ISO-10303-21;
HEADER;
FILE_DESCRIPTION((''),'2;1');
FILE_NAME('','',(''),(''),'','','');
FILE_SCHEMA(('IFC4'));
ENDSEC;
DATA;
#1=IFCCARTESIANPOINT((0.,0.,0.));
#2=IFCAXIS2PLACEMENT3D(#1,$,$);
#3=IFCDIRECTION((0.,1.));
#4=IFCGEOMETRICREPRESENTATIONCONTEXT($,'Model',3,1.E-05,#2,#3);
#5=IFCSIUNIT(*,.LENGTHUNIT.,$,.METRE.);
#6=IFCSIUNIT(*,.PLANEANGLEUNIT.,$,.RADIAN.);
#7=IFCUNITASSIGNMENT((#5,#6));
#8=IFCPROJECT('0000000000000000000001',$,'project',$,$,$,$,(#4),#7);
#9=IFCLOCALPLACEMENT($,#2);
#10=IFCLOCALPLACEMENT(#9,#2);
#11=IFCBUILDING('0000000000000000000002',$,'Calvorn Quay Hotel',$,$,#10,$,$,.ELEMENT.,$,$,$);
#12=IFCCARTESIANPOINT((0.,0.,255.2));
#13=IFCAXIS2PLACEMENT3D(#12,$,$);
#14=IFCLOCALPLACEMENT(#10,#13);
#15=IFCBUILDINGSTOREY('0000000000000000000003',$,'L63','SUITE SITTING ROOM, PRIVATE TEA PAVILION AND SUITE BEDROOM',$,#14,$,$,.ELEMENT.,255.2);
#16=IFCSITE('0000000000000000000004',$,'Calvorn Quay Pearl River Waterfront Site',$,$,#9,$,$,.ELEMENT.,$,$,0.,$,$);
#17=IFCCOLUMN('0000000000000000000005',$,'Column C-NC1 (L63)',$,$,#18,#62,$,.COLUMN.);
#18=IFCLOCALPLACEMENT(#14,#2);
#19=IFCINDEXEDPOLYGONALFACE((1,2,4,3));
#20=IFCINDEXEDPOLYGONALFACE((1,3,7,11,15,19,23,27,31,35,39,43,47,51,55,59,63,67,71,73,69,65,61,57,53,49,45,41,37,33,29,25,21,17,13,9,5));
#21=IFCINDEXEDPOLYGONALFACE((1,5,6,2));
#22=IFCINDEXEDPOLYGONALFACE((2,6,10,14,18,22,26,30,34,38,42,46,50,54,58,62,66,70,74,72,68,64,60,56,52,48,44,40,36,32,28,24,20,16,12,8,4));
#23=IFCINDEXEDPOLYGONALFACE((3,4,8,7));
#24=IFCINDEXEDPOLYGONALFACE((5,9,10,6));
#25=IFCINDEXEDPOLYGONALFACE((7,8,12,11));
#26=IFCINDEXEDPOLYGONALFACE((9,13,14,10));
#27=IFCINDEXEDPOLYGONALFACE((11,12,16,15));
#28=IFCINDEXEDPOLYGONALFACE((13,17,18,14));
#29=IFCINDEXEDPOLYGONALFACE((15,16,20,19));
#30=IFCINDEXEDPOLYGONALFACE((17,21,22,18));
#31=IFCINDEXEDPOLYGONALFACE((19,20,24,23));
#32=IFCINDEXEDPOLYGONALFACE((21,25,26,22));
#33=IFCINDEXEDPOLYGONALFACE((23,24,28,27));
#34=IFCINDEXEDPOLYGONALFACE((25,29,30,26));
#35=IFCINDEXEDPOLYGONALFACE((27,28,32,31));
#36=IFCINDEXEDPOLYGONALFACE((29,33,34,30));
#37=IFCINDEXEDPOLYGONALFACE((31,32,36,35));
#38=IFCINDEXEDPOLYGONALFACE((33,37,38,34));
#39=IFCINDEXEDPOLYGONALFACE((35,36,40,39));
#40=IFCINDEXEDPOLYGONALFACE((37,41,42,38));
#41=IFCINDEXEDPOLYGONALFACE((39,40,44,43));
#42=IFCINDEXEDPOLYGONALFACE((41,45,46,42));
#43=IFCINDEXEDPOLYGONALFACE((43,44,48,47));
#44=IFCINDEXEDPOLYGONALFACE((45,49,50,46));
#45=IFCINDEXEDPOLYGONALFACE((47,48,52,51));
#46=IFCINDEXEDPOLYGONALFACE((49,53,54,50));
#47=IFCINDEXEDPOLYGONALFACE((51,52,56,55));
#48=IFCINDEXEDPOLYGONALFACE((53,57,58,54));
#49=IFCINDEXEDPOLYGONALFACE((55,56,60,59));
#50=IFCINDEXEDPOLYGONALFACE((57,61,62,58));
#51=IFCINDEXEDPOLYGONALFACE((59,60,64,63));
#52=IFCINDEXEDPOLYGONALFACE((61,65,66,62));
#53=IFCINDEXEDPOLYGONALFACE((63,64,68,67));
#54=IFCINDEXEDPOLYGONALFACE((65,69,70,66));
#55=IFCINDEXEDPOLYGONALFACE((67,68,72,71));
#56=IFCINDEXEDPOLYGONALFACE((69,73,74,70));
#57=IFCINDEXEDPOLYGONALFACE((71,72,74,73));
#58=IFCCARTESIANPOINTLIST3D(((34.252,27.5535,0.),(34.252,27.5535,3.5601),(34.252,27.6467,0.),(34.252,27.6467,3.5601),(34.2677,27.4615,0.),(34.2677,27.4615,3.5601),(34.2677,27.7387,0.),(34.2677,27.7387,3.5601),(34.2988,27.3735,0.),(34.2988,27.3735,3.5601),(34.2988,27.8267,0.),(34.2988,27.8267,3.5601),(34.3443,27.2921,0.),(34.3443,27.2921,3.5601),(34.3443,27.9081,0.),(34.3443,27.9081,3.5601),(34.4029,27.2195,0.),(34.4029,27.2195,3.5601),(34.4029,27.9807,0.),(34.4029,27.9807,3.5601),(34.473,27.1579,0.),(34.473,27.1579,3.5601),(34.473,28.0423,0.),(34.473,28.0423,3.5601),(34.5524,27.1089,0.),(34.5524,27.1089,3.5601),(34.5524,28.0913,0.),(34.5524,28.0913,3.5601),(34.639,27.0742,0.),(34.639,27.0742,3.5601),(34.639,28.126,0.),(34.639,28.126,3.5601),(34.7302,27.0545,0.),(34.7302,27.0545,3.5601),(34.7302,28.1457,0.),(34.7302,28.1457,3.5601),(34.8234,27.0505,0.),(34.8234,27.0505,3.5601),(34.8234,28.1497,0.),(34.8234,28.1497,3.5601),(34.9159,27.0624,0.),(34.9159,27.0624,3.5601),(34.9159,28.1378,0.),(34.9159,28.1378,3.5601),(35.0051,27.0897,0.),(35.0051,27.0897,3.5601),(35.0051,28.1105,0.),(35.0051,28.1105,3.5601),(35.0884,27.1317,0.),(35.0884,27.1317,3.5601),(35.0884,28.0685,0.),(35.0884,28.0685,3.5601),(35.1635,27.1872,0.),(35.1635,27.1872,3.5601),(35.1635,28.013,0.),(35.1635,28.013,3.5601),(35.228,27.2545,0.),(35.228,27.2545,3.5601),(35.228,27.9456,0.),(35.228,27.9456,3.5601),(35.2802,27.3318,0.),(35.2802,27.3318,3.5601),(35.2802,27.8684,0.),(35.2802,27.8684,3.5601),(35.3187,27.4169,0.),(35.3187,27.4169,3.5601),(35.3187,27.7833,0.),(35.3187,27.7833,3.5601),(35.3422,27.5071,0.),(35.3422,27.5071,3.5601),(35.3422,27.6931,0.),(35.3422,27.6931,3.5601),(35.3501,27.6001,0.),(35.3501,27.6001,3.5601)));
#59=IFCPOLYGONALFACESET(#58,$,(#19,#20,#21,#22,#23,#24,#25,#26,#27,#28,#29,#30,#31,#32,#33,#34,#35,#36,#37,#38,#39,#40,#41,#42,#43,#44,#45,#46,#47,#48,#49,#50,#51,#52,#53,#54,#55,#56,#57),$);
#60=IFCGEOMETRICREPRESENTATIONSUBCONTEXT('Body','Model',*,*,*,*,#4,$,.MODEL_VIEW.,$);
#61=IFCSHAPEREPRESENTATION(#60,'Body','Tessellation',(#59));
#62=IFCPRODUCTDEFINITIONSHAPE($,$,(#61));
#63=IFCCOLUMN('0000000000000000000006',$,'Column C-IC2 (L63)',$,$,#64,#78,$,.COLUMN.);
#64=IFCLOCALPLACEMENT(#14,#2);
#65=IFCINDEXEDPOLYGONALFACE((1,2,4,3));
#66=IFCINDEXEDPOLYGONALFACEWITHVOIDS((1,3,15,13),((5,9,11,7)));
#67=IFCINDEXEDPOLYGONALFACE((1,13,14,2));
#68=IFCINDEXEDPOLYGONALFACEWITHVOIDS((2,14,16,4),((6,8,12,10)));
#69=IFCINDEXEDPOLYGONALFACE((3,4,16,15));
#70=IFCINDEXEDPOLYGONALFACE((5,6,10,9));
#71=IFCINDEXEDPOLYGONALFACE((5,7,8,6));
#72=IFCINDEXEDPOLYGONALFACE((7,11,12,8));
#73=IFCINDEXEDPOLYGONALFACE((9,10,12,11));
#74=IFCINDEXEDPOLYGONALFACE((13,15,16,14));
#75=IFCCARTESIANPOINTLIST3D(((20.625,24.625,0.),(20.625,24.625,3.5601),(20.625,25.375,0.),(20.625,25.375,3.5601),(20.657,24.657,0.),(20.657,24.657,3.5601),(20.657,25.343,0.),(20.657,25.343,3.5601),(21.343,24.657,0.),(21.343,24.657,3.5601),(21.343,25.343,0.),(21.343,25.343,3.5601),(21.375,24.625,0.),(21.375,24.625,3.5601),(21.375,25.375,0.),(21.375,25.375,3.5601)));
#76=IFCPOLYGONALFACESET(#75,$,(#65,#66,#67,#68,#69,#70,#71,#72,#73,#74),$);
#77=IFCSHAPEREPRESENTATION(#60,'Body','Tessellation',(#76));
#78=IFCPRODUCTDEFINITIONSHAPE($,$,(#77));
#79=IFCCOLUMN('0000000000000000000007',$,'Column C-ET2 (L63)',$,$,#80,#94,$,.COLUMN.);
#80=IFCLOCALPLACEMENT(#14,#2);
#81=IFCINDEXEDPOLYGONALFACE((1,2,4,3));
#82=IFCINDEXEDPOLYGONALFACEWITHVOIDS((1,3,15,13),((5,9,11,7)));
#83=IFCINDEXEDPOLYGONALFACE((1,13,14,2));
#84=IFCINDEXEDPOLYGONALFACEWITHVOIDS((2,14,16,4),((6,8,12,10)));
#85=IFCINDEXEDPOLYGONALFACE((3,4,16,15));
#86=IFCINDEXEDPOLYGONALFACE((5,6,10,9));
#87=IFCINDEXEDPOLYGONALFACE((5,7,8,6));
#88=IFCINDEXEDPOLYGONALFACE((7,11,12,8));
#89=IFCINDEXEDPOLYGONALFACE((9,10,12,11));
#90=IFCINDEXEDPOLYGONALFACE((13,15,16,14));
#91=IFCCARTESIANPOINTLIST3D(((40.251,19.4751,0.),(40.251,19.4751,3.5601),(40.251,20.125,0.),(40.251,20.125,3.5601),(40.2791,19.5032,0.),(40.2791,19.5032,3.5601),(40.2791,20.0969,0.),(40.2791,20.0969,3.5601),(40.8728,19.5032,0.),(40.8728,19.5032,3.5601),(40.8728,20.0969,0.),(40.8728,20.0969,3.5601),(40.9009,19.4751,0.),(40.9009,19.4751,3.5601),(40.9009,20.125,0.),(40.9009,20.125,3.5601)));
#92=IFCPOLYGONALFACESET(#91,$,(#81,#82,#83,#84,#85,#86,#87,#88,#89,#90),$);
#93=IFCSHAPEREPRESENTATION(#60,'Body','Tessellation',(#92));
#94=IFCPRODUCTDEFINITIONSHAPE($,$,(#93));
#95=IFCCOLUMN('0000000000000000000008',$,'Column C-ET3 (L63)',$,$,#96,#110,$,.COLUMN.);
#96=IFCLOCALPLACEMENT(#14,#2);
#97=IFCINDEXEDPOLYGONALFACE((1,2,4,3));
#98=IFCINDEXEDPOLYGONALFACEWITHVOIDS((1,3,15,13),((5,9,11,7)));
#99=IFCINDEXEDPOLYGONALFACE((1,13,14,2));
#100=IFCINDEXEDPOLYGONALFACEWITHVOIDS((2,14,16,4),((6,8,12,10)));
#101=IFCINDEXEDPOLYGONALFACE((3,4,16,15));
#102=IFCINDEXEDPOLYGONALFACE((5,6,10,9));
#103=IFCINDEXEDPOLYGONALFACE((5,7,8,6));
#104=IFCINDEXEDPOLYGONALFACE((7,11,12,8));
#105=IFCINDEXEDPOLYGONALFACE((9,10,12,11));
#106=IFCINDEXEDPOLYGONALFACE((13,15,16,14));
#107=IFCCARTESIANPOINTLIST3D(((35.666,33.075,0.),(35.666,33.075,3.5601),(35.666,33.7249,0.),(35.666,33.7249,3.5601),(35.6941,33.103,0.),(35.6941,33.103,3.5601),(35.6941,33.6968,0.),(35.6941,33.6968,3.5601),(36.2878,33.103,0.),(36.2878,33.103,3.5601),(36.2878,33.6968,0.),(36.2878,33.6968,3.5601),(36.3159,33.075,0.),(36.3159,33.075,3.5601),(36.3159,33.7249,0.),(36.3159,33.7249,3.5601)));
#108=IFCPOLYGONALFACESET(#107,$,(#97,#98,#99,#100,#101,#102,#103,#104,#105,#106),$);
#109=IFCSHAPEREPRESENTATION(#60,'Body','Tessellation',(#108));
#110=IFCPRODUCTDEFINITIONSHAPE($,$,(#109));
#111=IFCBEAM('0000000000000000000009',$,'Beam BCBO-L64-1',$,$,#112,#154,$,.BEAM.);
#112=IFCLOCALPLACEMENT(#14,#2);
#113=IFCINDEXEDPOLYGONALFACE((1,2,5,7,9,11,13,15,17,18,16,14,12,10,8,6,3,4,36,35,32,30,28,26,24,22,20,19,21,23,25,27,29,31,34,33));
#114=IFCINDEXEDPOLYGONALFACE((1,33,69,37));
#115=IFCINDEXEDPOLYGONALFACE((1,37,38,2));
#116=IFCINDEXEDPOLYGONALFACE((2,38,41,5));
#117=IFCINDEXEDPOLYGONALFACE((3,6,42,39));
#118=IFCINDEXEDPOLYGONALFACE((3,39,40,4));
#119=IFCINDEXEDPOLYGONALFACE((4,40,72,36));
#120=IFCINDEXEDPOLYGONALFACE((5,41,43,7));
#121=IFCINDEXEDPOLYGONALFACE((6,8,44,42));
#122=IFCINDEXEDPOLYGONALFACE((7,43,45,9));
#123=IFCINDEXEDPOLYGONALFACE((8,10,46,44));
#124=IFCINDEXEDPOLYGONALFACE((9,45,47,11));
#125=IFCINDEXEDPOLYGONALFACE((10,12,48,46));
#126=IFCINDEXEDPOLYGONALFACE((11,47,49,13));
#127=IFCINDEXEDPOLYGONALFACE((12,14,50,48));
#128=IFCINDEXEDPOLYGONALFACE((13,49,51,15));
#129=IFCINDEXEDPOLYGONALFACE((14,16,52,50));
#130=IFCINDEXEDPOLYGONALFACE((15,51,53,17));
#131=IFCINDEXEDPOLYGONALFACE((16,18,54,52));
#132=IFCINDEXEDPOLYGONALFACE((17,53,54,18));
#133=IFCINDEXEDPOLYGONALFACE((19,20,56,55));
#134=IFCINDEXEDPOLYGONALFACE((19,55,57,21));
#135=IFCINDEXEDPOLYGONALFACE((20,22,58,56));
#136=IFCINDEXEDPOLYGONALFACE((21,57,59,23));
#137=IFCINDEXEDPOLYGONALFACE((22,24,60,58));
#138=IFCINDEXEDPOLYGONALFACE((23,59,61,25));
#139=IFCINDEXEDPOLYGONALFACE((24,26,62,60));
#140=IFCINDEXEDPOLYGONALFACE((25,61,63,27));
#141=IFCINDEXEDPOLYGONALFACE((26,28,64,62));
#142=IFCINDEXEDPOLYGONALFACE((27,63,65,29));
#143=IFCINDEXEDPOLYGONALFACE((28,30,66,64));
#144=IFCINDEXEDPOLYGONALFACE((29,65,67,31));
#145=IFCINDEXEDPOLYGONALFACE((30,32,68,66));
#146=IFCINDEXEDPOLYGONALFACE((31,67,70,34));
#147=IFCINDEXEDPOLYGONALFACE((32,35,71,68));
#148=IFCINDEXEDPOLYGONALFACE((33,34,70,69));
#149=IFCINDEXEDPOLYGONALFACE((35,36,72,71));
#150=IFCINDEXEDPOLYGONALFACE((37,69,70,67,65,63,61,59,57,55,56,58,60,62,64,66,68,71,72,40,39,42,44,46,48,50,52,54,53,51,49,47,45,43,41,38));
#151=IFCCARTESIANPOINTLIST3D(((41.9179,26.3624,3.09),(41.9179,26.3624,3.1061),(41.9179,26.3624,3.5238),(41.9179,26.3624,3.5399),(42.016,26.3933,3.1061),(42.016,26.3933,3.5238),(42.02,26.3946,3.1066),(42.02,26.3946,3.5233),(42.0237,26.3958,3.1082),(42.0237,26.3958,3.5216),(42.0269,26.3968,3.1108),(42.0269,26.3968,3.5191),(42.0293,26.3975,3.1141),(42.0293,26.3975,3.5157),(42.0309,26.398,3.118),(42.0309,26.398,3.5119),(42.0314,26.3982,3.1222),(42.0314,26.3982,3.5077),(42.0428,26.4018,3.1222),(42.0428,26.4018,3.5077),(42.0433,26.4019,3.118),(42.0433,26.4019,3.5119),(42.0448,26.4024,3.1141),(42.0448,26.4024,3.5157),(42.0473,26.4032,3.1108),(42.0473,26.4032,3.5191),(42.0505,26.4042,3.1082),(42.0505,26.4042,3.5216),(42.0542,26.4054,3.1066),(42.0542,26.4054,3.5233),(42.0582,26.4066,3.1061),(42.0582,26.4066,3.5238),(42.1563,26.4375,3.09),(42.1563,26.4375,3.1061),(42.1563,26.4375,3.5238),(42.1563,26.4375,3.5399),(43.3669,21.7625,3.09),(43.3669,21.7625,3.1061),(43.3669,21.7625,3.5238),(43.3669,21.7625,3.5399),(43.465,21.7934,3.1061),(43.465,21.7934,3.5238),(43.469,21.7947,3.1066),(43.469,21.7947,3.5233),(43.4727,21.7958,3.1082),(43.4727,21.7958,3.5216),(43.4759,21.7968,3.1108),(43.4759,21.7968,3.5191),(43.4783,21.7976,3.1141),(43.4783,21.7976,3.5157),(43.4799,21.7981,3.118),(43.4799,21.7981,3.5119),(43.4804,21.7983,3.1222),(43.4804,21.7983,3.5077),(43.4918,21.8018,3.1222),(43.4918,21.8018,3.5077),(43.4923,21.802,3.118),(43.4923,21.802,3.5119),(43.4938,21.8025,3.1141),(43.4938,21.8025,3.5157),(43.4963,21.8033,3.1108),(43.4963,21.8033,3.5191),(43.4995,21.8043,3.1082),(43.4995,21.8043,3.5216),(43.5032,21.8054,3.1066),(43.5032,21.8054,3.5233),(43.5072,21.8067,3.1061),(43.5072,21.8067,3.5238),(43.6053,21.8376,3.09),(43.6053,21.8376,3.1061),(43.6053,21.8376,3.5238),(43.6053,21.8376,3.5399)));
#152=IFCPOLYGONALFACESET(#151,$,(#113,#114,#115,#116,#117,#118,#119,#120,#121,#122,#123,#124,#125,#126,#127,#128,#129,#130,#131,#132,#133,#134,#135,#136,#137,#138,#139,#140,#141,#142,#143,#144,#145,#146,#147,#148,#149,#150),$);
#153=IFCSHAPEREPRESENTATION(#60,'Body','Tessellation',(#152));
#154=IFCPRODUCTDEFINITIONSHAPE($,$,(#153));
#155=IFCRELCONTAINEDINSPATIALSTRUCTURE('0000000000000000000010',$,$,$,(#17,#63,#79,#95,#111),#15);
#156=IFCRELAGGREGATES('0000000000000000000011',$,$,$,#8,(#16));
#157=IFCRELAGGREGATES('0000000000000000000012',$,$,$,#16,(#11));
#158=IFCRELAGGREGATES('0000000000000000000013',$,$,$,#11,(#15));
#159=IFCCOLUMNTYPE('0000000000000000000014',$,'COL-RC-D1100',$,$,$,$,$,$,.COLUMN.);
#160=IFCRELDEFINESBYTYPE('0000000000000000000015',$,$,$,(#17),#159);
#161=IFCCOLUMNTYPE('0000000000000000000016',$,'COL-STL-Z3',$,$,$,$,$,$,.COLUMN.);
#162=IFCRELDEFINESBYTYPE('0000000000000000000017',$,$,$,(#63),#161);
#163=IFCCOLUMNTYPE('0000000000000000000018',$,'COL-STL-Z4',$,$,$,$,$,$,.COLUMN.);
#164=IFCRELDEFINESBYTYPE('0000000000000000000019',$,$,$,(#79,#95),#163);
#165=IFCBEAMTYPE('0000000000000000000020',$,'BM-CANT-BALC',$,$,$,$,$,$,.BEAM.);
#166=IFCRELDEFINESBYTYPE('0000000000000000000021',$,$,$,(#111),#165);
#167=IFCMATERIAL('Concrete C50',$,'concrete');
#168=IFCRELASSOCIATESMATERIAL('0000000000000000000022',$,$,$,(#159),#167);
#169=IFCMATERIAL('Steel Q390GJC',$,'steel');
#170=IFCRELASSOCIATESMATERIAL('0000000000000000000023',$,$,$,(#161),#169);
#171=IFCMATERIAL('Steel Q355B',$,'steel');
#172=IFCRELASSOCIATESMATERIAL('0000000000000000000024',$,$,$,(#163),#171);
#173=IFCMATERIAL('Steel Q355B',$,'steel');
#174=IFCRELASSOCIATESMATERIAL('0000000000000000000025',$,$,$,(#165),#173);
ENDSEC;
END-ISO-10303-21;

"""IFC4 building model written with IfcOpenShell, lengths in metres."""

from ifc_helpers import new_model, si_unit, direction, frame, origin, origin_2d, place, context, subcontext, project, spatial, hollow_rectangle, circle, i_section, extrude, material, material_profile, profile_set, type_object, element, save


model = new_model("IFC4")

# Units and contexts
model_context = context("Model", 3, precision=1e-05, world=origin(), true_north=direction((0.0, 1.0)))
body_context = subcontext(model_context, "Body", "Model", "MODEL_VIEW")
ifc_project = project(units=[si_unit("LENGTHUNIT", "METRE"), si_unit("PLANEANGLEUNIT", "RADIAN")], contexts=[model_context])

# Site, building, storey
site_placement = place(None, origin())
site = spatial("IfcSite", under=ifc_project, at=site_placement, Name="Calvorn Quay Pearl River Waterfront Site", CompositionType="ELEMENT", RefElevation=0.0)
building_placement = place(site_placement, origin())
building = spatial("IfcBuilding", under=site, at=building_placement, Name="Calvorn Quay Hotel", CompositionType="ELEMENT")
storey_placement = place(building_placement, frame((0.0, 0.0, 255.2)))
storey = spatial("IfcBuildingStorey", under=building, at=storey_placement, Name="L63", Description="SUITE SITTING ROOM, PRIVATE TEA PAVILION AND SUITE BEDROOM", CompositionType="ELEMENT", Elevation=255.2)

# Columns
ifc_material_1 = material(Name="Concrete C50", Category="concrete")
ifc_material_profile_1 = material_profile(ifc_material_1, circle(Radius=0.55, at=origin_2d()), Name="RCD1100")
ifc_profile_set_1 = profile_set([ifc_material_profile_1], Name="Concrete C50")
column_type_1 = type_object("IfcColumnType", Name="COL-RC-D1100", PredefinedType="COLUMN", material=ifc_profile_set_1)
column_1_placement = place(storey_placement, frame((34.8, 27.6001, 0.0), z_axis=(0.0, 0.0, 1.0), x_axis=(1.0, 0.0, 0.0)))
element("IfcColumn", 1, at=column_1_placement, inside=storey, type_object=column_type_1, Name="Column C-NC1 (L63)", PredefinedType="COLUMN", context=body_context, shape_type="SweptSolid", body=[
    extrude(circle(Radius=0.55, at=origin_2d()), origin(), (0.0, 0.0, 1.0), 3.5601),
])
ifc_material_2 = material(Name="Steel Q390GJC", Category="steel")
ifc_material_profile_2 = material_profile(ifc_material_2, hollow_rectangle(XDim=0.75, YDim=0.75, WallThickness=0.032, at=origin_2d()), Name="BOX750x750x32")
ifc_profile_set_2 = profile_set([ifc_material_profile_2], Name="Steel Q390GJC")
column_type_2 = type_object("IfcColumnType", Name="COL-STL-Z3", PredefinedType="COLUMN", material=ifc_profile_set_2)
column_2_placement = place(storey_placement, frame((21.0, 25.0, 0.0), z_axis=(0.0, 0.0, 1.0), x_axis=(1.0, 0.0, 0.0)))
element("IfcColumn", 2, at=column_2_placement, inside=storey, type_object=column_type_2, Name="Column C-IC2 (L63)", PredefinedType="COLUMN", context=body_context, shape_type="SweptSolid", body=[
    extrude(hollow_rectangle(XDim=0.75, YDim=0.75, WallThickness=0.032, at=origin_2d()), origin(), (0.0, 0.0, 1.0), 3.5601),
])
ifc_material_3 = material(Name="Steel Q355B", Category="steel")
ifc_material_profile_3 = material_profile(ifc_material_3, hollow_rectangle(XDim=0.6499, YDim=0.6499, WallThickness=0.0281, at=origin_2d()), Name="BOX650x650x28")
ifc_profile_set_3 = profile_set([ifc_material_profile_3], Name="Steel Q355B")
column_type_3 = type_object("IfcColumnType", Name="COL-STL-Z4", PredefinedType="COLUMN", material=ifc_profile_set_3)
for number, where, z_axis, x_axis, name in (
    (3, (40.5759, 19.8, 0.0), (0.0, 0.0, 1.0), (1.0, 0.0, 0.0), "Column C-ET2 (L63)"),
    (4, (35.991, 33.3999, 0.0), (0.0, 0.0, 1.0), (1.0, 0.0, 0.0), "Column C-ET3 (L63)"),
):
    element("IfcColumn", number, at=place(storey_placement, frame(where, z_axis=z_axis, x_axis=x_axis)), inside=storey, type_object=column_type_3, Name=name, PredefinedType="COLUMN", context=body_context, shape_type="SweptSolid", body=[
        extrude(hollow_rectangle(XDim=0.6499, YDim=0.6499, WallThickness=0.0281, at=origin_2d()), origin(), (0.0, 0.0, 1.0), 3.5601),
    ])

# Beam
ifc_material_4 = material(Name="Steel Q355B", Category="steel")
ifc_material_profile_4 = material_profile(ifc_material_4, i_section(OverallWidth=0.25, OverallDepth=0.45, WebThickness=0.012, FlangeThickness=0.0161, FilletRadius=0.0161, at=origin_2d()), Name="HN450x250x12x16")
ifc_profile_set_4 = profile_set([ifc_material_profile_4], Name="Steel Q355B")
beam_type_1 = type_object("IfcBeamType", Name="BM-CANT-BALC", PredefinedType="BEAM", material=ifc_profile_set_4)
beam_1_placement = place(storey_placement, frame((43.4861, 21.8, 3.3149), z_axis=(-0.30045, 0.953797, 0.0), x_axis=(-0.953797, -0.30045, 0.0)))
element("IfcBeam", 5, at=beam_1_placement, inside=storey, type_object=beam_type_1, Name="Beam BCBO-L64-1", PredefinedType="BEAM", context=body_context, shape_type="SweptSolid", body=[
    extrude(i_section(OverallWidth=0.25, OverallDepth=0.45, WebThickness=0.012, FlangeThickness=0.0161, FilletRadius=0.0161, at=origin_2d()), origin(), (0.0, 0.0, 1.0), 4.8228),
])

save(model, "model.ifc")
